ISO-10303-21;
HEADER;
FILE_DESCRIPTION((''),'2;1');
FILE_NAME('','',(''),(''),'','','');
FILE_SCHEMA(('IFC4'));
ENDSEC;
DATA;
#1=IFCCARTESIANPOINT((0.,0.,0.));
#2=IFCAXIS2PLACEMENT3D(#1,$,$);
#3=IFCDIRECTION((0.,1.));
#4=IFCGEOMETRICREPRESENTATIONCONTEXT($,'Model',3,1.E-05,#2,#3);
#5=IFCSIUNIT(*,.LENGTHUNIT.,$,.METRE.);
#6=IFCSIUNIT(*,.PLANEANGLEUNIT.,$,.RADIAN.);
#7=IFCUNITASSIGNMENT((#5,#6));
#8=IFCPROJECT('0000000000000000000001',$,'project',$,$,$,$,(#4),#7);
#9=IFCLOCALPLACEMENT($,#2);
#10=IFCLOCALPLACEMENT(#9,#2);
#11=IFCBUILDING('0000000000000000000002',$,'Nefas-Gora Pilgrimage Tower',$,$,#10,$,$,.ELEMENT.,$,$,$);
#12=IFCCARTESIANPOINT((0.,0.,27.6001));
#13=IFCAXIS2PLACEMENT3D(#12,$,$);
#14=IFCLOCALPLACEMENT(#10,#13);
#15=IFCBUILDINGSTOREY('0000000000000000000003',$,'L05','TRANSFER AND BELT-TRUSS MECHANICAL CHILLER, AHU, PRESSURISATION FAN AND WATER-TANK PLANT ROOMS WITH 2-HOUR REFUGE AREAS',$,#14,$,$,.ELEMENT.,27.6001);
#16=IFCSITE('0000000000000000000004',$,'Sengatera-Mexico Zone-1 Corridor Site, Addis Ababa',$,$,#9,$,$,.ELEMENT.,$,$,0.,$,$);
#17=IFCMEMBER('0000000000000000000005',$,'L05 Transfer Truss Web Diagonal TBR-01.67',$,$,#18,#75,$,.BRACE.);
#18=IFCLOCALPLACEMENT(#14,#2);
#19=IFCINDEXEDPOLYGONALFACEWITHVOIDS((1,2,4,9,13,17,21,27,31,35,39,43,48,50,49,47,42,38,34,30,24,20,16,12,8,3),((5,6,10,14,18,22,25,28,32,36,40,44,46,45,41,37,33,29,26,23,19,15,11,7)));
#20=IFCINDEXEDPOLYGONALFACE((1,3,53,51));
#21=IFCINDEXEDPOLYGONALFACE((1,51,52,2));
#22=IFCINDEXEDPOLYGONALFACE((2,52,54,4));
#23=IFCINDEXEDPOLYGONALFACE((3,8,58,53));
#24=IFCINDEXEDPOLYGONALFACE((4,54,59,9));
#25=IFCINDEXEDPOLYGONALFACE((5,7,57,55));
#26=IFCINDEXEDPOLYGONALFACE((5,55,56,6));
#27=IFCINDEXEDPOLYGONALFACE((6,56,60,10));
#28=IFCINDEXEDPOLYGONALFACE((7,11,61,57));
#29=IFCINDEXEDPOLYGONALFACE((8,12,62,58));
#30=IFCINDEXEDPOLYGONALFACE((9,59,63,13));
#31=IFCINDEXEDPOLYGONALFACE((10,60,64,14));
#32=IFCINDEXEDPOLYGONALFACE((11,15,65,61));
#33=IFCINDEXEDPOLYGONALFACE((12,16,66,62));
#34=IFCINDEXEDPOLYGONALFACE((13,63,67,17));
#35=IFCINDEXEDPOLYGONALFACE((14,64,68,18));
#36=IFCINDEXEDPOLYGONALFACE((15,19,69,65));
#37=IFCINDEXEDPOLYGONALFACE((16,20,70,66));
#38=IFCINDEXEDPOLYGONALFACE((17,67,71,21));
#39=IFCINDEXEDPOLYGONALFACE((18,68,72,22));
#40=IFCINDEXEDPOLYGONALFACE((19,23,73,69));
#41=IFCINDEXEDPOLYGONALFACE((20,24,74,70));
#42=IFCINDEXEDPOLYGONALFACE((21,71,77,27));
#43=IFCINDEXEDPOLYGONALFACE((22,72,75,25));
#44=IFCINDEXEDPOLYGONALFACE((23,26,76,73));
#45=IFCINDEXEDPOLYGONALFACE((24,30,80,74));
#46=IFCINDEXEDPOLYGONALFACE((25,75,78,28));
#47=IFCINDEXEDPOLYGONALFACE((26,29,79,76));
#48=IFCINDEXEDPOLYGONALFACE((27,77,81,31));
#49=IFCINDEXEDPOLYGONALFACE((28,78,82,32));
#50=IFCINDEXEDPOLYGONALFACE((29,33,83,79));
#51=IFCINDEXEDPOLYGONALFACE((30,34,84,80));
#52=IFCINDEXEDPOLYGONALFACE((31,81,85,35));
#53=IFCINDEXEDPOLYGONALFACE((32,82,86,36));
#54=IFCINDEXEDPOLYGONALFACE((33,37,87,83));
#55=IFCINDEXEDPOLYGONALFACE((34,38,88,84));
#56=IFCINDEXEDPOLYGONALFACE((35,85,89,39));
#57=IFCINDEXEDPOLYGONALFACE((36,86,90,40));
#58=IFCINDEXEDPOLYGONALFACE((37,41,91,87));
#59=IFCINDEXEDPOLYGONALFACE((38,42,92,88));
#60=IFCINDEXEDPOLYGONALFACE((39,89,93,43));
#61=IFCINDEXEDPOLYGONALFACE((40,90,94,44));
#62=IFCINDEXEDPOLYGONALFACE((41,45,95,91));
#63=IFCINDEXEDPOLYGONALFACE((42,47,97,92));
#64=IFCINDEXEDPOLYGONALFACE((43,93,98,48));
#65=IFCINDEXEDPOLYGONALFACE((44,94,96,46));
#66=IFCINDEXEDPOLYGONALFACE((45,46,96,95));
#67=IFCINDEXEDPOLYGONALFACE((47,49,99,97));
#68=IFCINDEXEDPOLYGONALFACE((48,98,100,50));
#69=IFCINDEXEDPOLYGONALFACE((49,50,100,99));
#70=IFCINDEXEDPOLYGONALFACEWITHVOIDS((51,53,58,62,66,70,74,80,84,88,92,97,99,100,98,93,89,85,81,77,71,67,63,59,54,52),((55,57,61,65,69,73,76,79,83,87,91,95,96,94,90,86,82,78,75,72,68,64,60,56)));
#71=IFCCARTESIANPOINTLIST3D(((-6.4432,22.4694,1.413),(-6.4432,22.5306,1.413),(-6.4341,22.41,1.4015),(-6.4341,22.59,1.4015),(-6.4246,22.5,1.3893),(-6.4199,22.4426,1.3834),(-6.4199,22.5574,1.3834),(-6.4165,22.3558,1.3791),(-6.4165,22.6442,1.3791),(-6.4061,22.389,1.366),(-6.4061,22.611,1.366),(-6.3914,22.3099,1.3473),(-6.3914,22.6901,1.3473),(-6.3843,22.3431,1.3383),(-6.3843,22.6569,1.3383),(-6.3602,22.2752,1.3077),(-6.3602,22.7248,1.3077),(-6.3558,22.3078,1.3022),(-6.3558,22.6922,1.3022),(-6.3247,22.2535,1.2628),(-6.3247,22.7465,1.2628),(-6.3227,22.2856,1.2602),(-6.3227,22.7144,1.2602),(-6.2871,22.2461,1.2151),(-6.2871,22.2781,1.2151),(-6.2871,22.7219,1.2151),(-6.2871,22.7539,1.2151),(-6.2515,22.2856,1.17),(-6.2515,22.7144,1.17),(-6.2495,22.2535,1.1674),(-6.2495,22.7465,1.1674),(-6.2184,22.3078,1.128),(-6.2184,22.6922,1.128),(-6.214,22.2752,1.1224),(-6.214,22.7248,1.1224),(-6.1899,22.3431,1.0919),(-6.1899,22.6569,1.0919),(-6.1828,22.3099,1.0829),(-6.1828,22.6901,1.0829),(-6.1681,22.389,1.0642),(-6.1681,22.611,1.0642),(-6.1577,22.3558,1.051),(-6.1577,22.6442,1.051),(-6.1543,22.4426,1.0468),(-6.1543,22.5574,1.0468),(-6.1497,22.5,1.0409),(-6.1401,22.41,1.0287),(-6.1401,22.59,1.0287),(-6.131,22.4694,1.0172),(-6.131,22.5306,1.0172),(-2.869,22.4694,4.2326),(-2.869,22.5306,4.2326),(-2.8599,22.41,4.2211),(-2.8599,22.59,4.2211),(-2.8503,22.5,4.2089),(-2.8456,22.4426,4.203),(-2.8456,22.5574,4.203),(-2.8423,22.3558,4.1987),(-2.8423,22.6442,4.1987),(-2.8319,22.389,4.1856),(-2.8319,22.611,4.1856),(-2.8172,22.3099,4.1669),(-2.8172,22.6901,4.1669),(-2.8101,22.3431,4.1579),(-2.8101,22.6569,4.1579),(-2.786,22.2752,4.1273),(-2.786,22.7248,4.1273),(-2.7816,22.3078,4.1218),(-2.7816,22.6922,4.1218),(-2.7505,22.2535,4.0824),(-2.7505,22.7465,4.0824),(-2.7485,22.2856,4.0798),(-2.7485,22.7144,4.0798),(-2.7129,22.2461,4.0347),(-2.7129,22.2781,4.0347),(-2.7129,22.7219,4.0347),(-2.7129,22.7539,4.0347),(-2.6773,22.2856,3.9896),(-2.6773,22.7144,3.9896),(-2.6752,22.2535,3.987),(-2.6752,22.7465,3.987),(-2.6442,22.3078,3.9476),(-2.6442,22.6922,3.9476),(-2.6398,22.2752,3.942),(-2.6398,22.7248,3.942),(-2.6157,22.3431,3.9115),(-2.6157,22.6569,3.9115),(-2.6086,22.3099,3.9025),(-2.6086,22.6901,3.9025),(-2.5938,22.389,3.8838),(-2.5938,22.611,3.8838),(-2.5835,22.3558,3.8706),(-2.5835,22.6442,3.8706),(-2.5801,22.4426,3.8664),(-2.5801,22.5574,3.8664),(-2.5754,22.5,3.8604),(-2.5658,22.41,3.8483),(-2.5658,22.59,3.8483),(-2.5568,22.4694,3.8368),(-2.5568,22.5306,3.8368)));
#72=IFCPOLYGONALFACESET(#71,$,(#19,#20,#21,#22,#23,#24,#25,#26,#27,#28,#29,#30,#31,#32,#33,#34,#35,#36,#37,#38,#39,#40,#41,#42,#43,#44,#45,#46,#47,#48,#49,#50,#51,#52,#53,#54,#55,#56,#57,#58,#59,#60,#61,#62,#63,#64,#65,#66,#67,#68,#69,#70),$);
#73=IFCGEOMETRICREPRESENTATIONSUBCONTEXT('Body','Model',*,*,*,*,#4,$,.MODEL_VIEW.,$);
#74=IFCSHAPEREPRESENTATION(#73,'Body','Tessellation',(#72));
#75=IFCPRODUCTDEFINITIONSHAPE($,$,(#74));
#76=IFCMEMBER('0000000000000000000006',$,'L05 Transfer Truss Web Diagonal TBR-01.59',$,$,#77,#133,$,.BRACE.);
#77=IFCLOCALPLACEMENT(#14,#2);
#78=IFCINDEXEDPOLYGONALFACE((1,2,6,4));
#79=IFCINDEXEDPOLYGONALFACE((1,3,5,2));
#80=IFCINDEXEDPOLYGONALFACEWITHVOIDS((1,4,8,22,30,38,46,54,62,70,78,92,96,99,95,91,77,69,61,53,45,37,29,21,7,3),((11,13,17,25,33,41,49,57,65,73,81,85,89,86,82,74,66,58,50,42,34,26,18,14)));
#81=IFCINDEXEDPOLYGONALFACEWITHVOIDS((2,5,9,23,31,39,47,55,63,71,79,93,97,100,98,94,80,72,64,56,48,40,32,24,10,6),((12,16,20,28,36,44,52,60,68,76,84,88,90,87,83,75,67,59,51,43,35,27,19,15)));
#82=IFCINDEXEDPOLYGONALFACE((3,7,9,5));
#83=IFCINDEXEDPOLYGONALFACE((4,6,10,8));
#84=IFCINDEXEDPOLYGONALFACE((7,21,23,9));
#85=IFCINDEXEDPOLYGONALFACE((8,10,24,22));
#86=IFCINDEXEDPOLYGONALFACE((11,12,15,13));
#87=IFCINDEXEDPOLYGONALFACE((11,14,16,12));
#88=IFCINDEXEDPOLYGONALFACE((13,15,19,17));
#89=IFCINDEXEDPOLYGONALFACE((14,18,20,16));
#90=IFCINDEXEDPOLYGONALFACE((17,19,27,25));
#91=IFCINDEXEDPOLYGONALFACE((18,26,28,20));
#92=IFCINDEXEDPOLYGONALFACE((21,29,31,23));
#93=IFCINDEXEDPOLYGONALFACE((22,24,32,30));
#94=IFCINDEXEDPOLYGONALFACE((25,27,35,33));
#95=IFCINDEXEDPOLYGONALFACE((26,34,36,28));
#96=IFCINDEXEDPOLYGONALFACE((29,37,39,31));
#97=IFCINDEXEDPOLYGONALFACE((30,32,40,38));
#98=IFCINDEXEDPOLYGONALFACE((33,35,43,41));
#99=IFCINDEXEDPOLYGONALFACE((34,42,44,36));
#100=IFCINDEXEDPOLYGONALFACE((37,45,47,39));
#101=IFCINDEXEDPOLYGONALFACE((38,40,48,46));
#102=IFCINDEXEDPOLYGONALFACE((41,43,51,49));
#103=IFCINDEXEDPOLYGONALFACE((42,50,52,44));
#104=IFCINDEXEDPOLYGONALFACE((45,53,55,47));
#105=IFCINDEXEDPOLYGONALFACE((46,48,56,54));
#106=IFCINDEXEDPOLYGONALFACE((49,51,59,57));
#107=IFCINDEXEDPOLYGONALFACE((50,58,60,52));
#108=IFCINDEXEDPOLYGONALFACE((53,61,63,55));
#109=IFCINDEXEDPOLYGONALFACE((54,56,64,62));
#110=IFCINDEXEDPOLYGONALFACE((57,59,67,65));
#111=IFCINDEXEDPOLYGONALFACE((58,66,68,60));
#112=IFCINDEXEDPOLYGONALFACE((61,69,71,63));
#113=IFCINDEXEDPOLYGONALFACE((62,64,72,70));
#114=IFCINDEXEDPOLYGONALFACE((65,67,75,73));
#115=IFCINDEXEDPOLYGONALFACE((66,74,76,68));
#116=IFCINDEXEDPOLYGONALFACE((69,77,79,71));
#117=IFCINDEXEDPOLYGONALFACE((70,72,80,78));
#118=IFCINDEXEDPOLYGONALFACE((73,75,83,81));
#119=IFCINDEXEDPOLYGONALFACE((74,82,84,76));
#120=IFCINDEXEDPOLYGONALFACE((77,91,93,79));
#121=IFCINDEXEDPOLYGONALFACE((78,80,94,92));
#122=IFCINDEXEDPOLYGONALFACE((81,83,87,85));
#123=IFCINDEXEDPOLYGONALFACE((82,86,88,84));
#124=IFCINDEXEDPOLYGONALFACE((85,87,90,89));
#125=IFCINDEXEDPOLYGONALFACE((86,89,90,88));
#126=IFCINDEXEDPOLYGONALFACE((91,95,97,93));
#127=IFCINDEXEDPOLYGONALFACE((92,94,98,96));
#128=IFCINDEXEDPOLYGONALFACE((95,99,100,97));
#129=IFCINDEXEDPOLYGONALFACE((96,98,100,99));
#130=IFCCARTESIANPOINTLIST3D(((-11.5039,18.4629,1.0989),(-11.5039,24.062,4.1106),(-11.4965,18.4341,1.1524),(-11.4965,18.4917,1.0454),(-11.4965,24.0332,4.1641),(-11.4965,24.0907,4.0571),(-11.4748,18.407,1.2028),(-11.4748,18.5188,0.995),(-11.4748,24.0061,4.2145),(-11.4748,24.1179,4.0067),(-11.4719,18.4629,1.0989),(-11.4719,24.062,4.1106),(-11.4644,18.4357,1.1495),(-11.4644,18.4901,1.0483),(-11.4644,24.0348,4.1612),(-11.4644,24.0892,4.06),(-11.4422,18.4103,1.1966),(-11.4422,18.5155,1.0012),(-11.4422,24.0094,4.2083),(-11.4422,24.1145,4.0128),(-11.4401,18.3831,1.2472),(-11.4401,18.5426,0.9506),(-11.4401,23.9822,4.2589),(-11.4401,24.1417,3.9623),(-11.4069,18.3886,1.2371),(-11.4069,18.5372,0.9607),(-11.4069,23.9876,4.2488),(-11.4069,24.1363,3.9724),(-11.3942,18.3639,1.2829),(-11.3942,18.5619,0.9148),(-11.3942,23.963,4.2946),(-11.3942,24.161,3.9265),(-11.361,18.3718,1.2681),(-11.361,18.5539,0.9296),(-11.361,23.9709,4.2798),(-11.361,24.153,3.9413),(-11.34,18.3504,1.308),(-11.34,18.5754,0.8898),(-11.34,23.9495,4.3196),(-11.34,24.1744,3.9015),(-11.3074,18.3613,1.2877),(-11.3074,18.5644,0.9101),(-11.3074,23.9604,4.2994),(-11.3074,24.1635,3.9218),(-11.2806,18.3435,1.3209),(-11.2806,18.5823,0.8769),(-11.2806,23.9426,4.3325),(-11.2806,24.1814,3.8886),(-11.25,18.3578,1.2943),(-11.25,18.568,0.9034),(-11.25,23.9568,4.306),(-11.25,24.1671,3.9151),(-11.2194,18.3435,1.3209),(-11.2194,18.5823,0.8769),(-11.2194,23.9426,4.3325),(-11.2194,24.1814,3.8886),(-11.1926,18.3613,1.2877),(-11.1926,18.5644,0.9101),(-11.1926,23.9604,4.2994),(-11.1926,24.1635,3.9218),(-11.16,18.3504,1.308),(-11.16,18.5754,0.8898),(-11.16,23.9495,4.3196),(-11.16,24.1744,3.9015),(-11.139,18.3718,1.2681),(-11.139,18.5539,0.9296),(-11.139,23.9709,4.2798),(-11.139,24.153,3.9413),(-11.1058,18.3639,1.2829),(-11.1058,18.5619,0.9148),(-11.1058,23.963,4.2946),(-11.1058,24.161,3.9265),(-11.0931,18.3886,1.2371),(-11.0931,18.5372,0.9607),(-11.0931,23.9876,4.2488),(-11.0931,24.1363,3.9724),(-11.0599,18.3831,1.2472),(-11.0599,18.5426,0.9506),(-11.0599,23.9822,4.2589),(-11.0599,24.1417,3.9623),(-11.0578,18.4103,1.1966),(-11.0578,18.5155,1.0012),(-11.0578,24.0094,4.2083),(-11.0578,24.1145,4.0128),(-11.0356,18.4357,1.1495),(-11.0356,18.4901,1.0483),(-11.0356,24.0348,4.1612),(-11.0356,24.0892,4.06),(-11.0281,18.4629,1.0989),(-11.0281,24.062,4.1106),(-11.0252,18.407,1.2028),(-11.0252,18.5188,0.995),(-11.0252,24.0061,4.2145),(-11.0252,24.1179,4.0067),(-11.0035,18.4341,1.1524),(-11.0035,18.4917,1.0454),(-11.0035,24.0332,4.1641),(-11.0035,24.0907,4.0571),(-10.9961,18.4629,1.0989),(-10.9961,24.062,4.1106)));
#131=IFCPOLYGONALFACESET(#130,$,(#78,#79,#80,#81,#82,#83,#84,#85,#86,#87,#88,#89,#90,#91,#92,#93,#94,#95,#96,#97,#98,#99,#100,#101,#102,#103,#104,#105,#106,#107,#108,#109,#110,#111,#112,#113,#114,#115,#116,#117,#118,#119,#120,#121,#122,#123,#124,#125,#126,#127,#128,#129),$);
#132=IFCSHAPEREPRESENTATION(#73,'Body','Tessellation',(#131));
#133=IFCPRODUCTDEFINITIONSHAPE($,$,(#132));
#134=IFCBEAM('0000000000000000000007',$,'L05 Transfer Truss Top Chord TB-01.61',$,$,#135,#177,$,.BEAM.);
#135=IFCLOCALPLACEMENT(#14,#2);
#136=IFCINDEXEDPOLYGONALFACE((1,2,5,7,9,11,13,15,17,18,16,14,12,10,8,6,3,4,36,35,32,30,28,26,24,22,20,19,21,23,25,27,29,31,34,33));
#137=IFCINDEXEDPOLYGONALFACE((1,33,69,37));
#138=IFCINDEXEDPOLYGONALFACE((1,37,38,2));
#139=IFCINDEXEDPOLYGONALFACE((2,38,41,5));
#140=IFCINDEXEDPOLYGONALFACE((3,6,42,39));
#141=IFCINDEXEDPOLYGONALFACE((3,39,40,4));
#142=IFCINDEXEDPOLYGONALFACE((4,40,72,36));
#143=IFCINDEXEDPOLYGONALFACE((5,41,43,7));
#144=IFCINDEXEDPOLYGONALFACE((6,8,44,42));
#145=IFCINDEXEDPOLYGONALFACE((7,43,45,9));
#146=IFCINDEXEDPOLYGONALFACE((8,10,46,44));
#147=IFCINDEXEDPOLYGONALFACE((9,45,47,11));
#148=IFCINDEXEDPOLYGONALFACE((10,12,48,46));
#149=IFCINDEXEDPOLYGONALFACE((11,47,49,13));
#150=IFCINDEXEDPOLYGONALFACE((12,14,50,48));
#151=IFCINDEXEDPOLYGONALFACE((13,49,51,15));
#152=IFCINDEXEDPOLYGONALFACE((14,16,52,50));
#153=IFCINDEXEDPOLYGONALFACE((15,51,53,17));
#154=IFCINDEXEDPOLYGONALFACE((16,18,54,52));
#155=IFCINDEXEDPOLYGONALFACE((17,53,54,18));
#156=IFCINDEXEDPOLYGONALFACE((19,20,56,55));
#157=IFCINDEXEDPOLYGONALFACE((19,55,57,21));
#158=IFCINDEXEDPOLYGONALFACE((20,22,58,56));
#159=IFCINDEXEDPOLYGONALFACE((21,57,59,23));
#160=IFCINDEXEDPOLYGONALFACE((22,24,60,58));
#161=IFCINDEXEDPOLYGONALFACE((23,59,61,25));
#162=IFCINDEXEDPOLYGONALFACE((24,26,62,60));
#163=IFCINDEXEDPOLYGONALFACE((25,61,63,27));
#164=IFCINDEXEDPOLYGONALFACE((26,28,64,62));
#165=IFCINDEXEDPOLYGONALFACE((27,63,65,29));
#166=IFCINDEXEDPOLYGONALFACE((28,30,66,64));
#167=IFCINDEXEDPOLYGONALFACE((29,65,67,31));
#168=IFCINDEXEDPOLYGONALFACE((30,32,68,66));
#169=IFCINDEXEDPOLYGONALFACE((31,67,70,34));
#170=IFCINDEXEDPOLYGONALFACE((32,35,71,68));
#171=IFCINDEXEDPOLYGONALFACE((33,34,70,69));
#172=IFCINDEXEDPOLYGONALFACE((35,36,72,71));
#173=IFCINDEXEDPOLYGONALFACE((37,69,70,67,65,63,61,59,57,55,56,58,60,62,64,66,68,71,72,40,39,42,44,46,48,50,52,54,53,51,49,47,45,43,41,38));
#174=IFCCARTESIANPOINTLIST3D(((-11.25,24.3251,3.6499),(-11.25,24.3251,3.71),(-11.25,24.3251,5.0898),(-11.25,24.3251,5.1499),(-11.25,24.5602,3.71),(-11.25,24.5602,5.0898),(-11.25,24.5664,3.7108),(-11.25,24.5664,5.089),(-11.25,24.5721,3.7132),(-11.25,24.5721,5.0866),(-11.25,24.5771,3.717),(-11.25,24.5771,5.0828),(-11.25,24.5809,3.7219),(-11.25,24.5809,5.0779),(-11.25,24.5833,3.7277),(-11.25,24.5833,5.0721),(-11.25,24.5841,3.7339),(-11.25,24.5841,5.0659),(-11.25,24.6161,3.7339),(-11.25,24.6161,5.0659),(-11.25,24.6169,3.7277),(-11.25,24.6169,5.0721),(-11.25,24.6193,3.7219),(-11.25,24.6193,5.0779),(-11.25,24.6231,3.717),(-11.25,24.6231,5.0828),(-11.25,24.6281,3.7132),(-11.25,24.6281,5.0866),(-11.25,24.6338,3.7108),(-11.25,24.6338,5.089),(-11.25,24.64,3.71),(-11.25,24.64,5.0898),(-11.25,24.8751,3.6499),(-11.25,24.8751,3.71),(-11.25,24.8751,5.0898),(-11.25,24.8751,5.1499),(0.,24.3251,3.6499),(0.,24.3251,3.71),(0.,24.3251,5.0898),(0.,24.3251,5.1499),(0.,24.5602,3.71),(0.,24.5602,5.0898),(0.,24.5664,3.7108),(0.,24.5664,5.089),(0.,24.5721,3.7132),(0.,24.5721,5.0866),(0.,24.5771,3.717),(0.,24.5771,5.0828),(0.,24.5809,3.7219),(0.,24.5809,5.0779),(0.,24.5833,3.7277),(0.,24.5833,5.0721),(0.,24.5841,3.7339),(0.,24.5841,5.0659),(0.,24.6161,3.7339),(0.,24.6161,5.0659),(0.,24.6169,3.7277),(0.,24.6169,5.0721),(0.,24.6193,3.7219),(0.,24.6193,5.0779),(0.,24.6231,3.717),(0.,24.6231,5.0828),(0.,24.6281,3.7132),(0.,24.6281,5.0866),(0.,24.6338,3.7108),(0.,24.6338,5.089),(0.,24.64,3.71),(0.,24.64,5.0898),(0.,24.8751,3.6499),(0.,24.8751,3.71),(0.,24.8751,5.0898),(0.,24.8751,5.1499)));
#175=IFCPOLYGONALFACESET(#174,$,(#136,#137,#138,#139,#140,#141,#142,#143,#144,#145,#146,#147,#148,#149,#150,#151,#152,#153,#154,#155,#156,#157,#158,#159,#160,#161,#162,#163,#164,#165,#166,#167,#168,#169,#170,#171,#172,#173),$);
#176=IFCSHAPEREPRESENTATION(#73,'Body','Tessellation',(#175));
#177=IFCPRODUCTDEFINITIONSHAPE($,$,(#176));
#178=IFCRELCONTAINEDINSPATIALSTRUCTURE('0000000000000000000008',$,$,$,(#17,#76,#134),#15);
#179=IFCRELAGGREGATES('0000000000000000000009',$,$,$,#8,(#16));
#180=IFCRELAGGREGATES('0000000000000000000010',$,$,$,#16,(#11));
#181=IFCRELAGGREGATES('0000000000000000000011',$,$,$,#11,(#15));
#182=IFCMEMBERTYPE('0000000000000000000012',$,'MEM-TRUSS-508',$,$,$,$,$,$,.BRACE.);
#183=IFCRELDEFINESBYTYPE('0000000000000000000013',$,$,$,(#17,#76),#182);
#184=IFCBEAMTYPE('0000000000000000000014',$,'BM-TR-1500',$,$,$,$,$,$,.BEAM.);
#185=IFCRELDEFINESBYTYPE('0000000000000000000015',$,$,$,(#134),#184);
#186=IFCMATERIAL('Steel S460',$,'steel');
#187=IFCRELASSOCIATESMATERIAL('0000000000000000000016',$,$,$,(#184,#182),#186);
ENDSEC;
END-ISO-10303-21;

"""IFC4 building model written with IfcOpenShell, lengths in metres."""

from ifc_helpers import new_model, si_unit, direction, frame, origin, origin_2d, place, context, subcontext, project, spatial, hollow_circle, i_section, extrude, source, transform, mapped, material, material_profile, profile_set, type_object, element, save


model = new_model("IFC4")

# Units and contexts
model_context = context("Model", 3, precision=1e-05, world=origin(), true_north=direction((0.0, 1.0)))
body_context = subcontext(model_context, "Body", "Model", "MODEL_VIEW")
ifc_project = project(units=[si_unit("LENGTHUNIT", "METRE"), si_unit("PLANEANGLEUNIT", "RADIAN")], contexts=[model_context])

# Site, building, storey
site_placement = place(None, origin())
site = spatial("IfcSite", under=ifc_project, at=site_placement, Name="Sengatera-Mexico Zone-1 Corridor Site, Addis Ababa", CompositionType="ELEMENT", RefElevation=0.0)
building_placement = place(site_placement, origin())
building = spatial("IfcBuilding", under=site, at=building_placement, Name="Nefas-Gora Pilgrimage Tower", CompositionType="ELEMENT")
storey_placement = place(building_placement, frame((0.0, 0.0, 27.6001)))
storey = spatial("IfcBuildingStorey", under=building, at=storey_placement, Name="L05", Description="TRANSFER AND BELT-TRUSS MECHANICAL CHILLER, AHU, PRESSURISATION FAN AND WATER-TANK PLANT ROOMS WITH 2-HOUR REFUGE AREAS", CompositionType="ELEMENT", Elevation=27.6001)

# Shared definitions
ifc_material = material(Name="Steel S460", Category="steel")

# Shared definitions
ifc_material_profile_1 = material_profile(ifc_material, i_section(OverallWidth=0.55, OverallDepth=1.5, WebThickness=0.032, FlangeThickness=0.0601, FilletRadius=0.0239, at=origin_2d()), Name="WPG 1500x550x32x60")
ifc_profile_set_1 = profile_set([ifc_material_profile_1], Name="Steel S460")
beam_type_1 = type_object("IfcBeamType", Name="BM-TR-1500", PredefinedType="BEAM", material=ifc_profile_set_1)

# Members
ifc_material_profile_2 = material_profile(ifc_material, hollow_circle(Radius=0.2539, WallThickness=0.032, at=origin_2d()), Name="CHS 508x32")
ifc_profile_set_2 = profile_set([ifc_material_profile_2], Name="Steel S460")
member_type = type_object("IfcMemberType", Name="MEM-TRUSS-508", PredefinedType="BRACE", material=ifc_profile_set_2)
shared_shape_1 = source(origin(), body_context, "Body", "SweptSolid", [
    extrude(hollow_circle(Radius=0.2539, WallThickness=0.032, at=origin_2d()), origin(), (0.0, 0.0, 1.0), 4.5525),
])
for number, where, z_axis, x_axis, name in (
    (1, (-6.2871, 22.5, 1.2151), (0.785115, 0.0, 0.61935), (0.0, 1.0, 0.0), "L05 Transfer Truss Web Diagonal TBR-01.67"),
):
    element("IfcMember", number, at=place(storey_placement, frame(where, z_axis=z_axis, x_axis=x_axis)), inside=storey, type_object=member_type, Name=name, PredefinedType="BRACE", context=body_context, shape_type="MappedRepresentation", body=[
        mapped(shared_shape_1, transform((0.0, 0.0, 0.0), x_axis=(1.0, 0.0, 0.0), y_axis=(0.0, 1.0, 0.0), z_axis=(0.0, 0.0, 1.0), scale=1.0)),
    ])
shared_shape_2 = source(origin(), body_context, "Body", "SweptSolid", [
    extrude(hollow_circle(Radius=0.2539, WallThickness=0.032, at=origin_2d()), origin(), (0.0, 0.0, 1.0), 6.3577),
])
member_1_placement = place(storey_placement, frame((-11.25, 18.4629, 1.0989), z_axis=(0.0, 0.880681, 0.47371), x_axis=(-1.0, 0.0, 0.0)))
element("IfcMember", 2, at=member_1_placement, inside=storey, type_object=member_type, Name="L05 Transfer Truss Web Diagonal TBR-01.59", PredefinedType="BRACE", context=body_context, shape_type="MappedRepresentation", body=[
    mapped(shared_shape_2, transform((0.0, 0.0, 0.0), x_axis=(1.0, 0.0, 0.0), y_axis=(0.0, 1.0, 0.0), z_axis=(0.0, 0.0, 1.0), scale=1.0)),
])

# Beam
shared_shape_3 = source(origin(), body_context, "Body", "SweptSolid", [
    extrude(i_section(OverallWidth=0.55, OverallDepth=1.5, WebThickness=0.032, FlangeThickness=0.0601, FilletRadius=0.0239, at=origin_2d()), origin(), (0.0, 0.0, 1.0), 11.25),
])
beam_1_placement = place(storey_placement, frame((-11.25, 24.6001, 4.3999), z_axis=(1.0, 0.0, 0.0), x_axis=(0.0, 1.0, 0.0)))
element("IfcBeam", 3, at=beam_1_placement, inside=storey, type_object=beam_type_1, Name="L05 Transfer Truss Top Chord TB-01.61", PredefinedType="BEAM", context=body_context, shape_type="MappedRepresentation", body=[
    mapped(shared_shape_3, transform((0.0, 0.0, 0.0), x_axis=(1.0, 0.0, 0.0), y_axis=(0.0, 1.0, 0.0), z_axis=(0.0, 0.0, 1.0), scale=1.0)),
])

save(model, "model.ifc")
